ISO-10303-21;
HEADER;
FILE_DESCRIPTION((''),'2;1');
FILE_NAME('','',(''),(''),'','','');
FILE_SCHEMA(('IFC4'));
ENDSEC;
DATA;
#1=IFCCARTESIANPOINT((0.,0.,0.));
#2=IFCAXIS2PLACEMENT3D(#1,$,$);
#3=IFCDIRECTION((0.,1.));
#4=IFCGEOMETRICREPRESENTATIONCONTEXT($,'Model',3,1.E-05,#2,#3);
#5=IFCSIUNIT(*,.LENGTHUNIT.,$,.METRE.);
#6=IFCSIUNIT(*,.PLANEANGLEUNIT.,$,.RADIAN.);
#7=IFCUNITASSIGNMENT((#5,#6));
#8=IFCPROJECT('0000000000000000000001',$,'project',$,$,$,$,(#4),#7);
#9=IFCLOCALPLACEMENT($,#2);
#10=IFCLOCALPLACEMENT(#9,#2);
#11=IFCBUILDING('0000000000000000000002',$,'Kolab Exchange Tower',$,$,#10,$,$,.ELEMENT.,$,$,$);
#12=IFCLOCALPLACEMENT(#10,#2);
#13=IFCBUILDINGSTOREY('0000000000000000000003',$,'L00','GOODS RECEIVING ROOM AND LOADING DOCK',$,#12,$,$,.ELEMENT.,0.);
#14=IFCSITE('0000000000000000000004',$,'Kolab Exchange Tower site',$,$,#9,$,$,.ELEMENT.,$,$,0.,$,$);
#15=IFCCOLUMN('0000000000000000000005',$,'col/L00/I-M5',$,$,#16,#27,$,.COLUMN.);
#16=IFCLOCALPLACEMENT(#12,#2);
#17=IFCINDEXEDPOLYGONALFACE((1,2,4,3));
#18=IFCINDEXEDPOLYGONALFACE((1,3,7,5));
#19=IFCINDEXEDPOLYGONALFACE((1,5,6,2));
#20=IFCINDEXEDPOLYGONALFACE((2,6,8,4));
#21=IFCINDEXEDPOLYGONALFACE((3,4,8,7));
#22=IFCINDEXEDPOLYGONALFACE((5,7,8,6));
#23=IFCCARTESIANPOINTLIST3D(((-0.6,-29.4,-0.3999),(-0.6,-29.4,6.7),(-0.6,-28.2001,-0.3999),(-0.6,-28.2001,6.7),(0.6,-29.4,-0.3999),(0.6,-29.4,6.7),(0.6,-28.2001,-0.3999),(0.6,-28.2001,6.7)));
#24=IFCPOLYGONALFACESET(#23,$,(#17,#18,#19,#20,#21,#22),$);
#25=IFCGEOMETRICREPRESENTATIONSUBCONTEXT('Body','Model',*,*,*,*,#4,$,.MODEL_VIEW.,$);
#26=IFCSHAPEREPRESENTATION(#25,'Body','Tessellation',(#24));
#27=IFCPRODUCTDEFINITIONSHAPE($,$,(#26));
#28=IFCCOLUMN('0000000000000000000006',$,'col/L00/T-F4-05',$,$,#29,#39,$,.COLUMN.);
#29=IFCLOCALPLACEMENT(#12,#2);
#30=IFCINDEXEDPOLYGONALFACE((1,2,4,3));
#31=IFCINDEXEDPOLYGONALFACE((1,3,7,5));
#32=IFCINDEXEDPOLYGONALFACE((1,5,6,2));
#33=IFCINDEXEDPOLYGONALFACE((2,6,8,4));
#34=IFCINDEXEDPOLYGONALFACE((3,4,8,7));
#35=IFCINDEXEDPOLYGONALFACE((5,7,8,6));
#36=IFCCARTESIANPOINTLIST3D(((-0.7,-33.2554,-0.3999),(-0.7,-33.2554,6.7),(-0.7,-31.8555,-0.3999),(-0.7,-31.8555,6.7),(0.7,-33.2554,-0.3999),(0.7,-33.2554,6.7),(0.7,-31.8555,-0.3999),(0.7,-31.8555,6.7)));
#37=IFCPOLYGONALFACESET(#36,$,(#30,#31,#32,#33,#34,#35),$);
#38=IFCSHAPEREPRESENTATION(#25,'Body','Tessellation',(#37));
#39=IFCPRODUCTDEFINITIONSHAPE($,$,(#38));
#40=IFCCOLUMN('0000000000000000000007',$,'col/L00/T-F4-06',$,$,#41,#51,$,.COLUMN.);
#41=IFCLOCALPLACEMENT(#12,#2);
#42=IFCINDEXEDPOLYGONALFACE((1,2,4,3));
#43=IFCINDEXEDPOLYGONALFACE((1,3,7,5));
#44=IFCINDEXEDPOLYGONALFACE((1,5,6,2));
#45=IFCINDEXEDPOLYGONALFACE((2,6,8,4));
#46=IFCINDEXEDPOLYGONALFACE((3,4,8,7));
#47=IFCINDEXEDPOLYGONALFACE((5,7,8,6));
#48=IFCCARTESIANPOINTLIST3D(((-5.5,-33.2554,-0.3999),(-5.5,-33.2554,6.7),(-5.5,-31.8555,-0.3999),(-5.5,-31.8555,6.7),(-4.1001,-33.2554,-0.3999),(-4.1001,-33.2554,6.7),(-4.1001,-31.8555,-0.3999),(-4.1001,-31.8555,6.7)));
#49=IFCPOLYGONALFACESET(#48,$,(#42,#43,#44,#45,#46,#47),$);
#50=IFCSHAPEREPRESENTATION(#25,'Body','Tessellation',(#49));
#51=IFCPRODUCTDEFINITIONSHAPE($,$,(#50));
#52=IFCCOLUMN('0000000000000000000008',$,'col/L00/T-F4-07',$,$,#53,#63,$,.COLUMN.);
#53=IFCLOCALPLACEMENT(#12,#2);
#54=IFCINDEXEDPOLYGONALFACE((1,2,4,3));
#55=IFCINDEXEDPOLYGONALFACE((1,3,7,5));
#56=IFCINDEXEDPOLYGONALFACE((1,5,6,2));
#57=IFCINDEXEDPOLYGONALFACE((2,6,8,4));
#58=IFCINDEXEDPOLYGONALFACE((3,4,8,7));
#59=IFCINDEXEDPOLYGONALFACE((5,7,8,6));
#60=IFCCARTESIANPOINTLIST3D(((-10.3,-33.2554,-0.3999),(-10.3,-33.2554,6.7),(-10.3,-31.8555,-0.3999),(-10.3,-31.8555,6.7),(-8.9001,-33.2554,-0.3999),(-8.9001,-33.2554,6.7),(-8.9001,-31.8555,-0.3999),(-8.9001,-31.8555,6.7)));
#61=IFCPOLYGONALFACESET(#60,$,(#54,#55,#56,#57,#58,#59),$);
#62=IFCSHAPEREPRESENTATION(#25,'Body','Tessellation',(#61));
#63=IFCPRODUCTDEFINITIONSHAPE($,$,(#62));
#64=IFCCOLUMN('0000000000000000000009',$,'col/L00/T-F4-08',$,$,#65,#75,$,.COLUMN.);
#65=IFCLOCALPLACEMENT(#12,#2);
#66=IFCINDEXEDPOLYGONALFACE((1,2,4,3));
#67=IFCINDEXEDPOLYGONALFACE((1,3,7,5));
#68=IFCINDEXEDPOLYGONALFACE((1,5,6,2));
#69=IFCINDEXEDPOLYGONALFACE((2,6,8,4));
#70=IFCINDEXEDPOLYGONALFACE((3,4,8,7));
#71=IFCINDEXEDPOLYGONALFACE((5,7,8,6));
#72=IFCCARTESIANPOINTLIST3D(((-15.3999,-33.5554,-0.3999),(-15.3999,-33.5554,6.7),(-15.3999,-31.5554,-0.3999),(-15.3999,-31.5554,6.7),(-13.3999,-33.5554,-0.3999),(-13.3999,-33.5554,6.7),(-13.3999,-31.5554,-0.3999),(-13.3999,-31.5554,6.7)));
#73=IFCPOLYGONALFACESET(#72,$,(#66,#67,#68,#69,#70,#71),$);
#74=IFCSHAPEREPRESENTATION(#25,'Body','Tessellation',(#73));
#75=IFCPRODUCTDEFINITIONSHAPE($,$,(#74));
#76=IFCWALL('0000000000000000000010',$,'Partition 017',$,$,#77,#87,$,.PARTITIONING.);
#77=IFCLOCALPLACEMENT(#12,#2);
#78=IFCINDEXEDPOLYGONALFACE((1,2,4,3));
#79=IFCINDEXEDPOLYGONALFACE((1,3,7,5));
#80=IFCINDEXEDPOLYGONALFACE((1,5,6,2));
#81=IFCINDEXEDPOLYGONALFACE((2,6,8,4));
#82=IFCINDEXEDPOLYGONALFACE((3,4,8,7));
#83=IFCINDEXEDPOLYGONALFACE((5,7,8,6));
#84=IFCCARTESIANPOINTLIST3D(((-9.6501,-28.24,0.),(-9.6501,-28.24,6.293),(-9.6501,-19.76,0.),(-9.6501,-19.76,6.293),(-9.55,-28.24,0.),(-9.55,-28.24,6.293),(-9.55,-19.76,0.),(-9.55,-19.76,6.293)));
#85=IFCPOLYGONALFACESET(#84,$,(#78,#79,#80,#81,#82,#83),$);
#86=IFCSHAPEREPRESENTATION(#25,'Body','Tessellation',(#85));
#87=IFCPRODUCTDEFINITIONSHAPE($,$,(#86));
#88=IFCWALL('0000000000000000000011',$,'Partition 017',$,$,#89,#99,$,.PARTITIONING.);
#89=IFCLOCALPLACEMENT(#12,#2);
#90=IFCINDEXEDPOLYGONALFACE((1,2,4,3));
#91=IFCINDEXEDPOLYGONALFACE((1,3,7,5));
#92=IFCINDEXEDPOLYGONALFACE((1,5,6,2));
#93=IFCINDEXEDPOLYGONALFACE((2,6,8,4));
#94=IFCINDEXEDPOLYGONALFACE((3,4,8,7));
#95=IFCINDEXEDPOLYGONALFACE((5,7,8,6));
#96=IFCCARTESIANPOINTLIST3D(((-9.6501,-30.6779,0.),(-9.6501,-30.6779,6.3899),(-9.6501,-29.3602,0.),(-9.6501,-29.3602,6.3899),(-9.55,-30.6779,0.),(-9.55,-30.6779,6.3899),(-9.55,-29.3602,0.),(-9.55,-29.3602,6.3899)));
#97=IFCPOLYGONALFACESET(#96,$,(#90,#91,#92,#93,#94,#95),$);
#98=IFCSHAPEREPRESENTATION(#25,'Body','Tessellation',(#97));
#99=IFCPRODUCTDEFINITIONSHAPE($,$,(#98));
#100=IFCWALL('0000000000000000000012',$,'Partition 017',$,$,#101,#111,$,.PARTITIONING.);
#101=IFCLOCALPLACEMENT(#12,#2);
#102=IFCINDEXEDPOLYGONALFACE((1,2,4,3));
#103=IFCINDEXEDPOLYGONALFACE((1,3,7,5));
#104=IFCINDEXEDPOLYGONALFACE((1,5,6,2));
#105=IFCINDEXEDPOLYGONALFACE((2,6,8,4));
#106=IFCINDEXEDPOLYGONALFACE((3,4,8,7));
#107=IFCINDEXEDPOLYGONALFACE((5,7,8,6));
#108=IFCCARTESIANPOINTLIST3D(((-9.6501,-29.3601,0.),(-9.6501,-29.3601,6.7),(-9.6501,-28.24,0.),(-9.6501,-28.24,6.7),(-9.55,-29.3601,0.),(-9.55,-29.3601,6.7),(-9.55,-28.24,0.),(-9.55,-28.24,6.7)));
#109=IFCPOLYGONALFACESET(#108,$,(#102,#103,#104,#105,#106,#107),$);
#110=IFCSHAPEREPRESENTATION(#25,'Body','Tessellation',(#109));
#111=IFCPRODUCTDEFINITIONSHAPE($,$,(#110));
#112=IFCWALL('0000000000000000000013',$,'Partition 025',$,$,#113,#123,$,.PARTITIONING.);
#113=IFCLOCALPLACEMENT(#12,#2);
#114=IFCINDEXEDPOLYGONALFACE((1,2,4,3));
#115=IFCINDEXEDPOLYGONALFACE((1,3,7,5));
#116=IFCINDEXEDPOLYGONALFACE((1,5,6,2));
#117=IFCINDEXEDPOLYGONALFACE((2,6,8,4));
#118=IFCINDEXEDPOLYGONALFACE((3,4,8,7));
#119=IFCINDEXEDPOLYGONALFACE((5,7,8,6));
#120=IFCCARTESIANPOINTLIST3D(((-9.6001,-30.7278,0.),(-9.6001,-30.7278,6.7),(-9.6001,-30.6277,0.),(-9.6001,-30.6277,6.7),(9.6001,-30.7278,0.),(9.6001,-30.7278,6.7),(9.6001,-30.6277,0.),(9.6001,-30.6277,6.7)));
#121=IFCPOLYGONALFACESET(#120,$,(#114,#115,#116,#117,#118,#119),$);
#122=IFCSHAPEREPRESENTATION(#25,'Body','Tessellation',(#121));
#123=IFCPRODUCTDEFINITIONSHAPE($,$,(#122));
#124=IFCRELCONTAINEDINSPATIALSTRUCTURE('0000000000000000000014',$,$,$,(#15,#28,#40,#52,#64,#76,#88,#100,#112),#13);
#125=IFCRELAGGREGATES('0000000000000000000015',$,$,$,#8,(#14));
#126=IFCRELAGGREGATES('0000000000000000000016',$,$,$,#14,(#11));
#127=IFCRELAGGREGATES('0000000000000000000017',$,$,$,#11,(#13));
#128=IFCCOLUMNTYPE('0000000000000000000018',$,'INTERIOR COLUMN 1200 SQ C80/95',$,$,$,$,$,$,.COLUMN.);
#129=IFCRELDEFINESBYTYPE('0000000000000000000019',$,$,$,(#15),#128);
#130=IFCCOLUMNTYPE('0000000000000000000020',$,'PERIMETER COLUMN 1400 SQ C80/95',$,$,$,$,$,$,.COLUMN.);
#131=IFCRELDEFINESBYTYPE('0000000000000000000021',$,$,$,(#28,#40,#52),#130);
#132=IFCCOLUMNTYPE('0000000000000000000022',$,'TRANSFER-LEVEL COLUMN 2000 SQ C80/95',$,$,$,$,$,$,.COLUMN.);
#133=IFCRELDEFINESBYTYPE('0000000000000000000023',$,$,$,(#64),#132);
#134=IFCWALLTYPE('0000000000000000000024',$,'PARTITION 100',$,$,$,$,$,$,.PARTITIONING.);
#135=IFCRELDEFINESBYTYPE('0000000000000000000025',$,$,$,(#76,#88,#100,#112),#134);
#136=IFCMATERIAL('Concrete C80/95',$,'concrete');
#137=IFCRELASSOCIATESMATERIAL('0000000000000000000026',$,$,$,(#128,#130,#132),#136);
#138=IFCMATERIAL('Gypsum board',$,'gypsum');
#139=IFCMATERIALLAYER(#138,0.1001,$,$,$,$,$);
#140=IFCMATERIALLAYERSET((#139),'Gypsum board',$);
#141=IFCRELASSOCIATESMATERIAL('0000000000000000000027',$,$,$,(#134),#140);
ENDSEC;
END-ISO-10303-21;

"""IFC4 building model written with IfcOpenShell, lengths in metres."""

from ifc_helpers import new_model, si_unit, direction, frame, frame_2d, origin, origin_2d, place, context, subcontext, project, spatial, rectangle, extrude, material, layer, layer_set, material_profile, profile_set, type_object, element, save


model = new_model("IFC4")

# Units and contexts
model_context = context("Model", 3, precision=1e-05, world=origin(), true_north=direction((0.0, 1.0)))
body_context = subcontext(model_context, "Body", "Model", "MODEL_VIEW")
ifc_project = project(units=[si_unit("LENGTHUNIT", "METRE"), si_unit("PLANEANGLEUNIT", "RADIAN")], contexts=[model_context])

# Site, building, storey
site_placement = place(None, origin())
site = spatial("IfcSite", under=ifc_project, at=site_placement, Name="Kolab Exchange Tower site", CompositionType="ELEMENT", RefElevation=0.0)
building_placement = place(site_placement, origin())
building = spatial("IfcBuilding", under=site, at=building_placement, Name="Kolab Exchange Tower", CompositionType="ELEMENT")
storey_placement = place(building_placement, origin())
storey = spatial("IfcBuildingStorey", under=building, at=storey_placement, Name="L00", Description="GOODS RECEIVING ROOM AND LOADING DOCK", CompositionType="ELEMENT", Elevation=0.0)

# Columns
ifc_material_1 = material(Name="Concrete C80/95", Category="concrete")
ifc_material_profile_1 = material_profile(ifc_material_1, rectangle(XDim=1.2, YDim=1.2, at=origin_2d()), Name="RC1200")
ifc_profile_set_1 = profile_set([ifc_material_profile_1], Name="Concrete C80/95")
column_type_1 = type_object("IfcColumnType", Name="INTERIOR COLUMN 1200 SQ C80/95", PredefinedType="COLUMN", material=ifc_profile_set_1)
for number, where, z_axis, x_axis, name in (
    (1, (0.0, -28.8, -0.3999), (0.0, 0.0, 1.0), (1.0, 0.0, 0.0), "col/L00/I-M5"),
):
    element("IfcColumn", number, at=place(storey_placement, frame(where, z_axis=z_axis, x_axis=x_axis)), inside=storey, type_object=column_type_1, Name=name, PredefinedType="COLUMN", context=body_context, shape_type="SweptSolid", body=[
        extrude(rectangle(XDim=1.2, YDim=1.2, at=origin_2d()), origin(), (0.0, 0.0, 1.0), 7.0999),
    ])
ifc_material_profile_2 = material_profile(ifc_material_1, rectangle(XDim=1.3999, YDim=1.3999, at=origin_2d()), Name="RC1400")
ifc_profile_set_2 = profile_set([ifc_material_profile_2], Name="Concrete C80/95")
column_type_2 = type_object("IfcColumnType", Name="PERIMETER COLUMN 1400 SQ C80/95", PredefinedType="COLUMN", material=ifc_profile_set_2)
for number, where, z_axis, x_axis, name in (
    (2, (0.0, -32.5554, -0.3999), (0.0, 0.0, 1.0), (1.0, 0.0, 0.0), "col/L00/T-F4-05"),
    (3, (-4.8, -32.5554, -0.3999), (0.0, 0.0, 1.0), (1.0, 0.0, 0.0), "col/L00/T-F4-06"),
    (4, (-9.6001, -32.5554, -0.3999), (0.0, 0.0, 1.0), (1.0, 0.0, 0.0), "col/L00/T-F4-07"),
):
    element("IfcColumn", number, at=place(storey_placement, frame(where, z_axis=z_axis, x_axis=x_axis)), inside=storey, type_object=column_type_2, Name=name, PredefinedType="COLUMN", context=body_context, shape_type="SweptSolid", body=[
        extrude(rectangle(XDim=1.3999, YDim=1.3999, at=origin_2d()), origin(), (0.0, 0.0, 1.0), 7.0999),
    ])
ifc_material_profile_3 = material_profile(ifc_material_1, rectangle(XDim=2.0, YDim=2.0, at=origin_2d()), Name="RC2000")
ifc_profile_set_3 = profile_set([ifc_material_profile_3], Name="Concrete C80/95")
column_type_3 = type_object("IfcColumnType", Name="TRANSFER-LEVEL COLUMN 2000 SQ C80/95", PredefinedType="COLUMN", material=ifc_profile_set_3)
column_placement = place(storey_placement, frame((-14.3999, -32.5554, -0.3999), z_axis=(0.0, 0.0, 1.0), x_axis=(1.0, 0.0, 0.0)))
element("IfcColumn", 5, at=column_placement, inside=storey, type_object=column_type_3, Name="col/L00/T-F4-08", PredefinedType="COLUMN", context=body_context, shape_type="SweptSolid", body=[
    extrude(rectangle(XDim=2.0, YDim=2.0, at=origin_2d()), origin(), (0.0, 0.0, 1.0), 7.0999),
])

# Walls
ifc_material_2 = material(Name="Gypsum board", Category="gypsum")
ifc_layer = layer(ifc_material_2, 0.1001)
ifc_layer_set = layer_set([ifc_layer], Name="Gypsum board")
wall_type = type_object("IfcWallType", Name="PARTITION 100", PredefinedType="PARTITIONING", material=ifc_layer_set)
wall_1_placement = place(storey_placement, frame((-9.6001, -28.24, 0.0), z_axis=(0.0, 0.0, 1.0), x_axis=(0.0, 1.0, 0.0)))
element("IfcWall", 6, at=wall_1_placement, inside=storey, type_object=wall_type, Name="Partition 017", PredefinedType="PARTITIONING", context=body_context, shape_type="SweptSolid", body=[
    extrude(rectangle(XDim=8.48, YDim=0.1001, at=frame_2d((4.24, 0.0))), origin(), (0.0, 0.0, 1.0), 6.293),
])
wall_2_placement = place(storey_placement, frame((-9.6001, -30.6777, 0.0), z_axis=(0.0, 0.0, 1.0), x_axis=(0.0, 1.0, 0.0)))
element("IfcWall", 7, at=wall_2_placement, inside=storey, type_object=wall_type, Name="Partition 017", PredefinedType="PARTITIONING", context=body_context, shape_type="SweptSolid", body=[
    extrude(rectangle(XDim=1.3176, YDim=0.1001, at=frame_2d((0.6587, 0.0))), origin(), (0.0, 0.0, 1.0), 6.3899),
])
wall_3_placement = place(storey_placement, frame((-9.6001, -29.3601, 0.0), z_axis=(0.0, 0.0, 1.0), x_axis=(0.0, 1.0, 0.0)))
element("IfcWall", 8, at=wall_3_placement, inside=storey, type_object=wall_type, Name="Partition 017", PredefinedType="PARTITIONING", context=body_context, shape_type="SweptSolid", body=[
    extrude(rectangle(XDim=1.1201, YDim=0.1001, at=frame_2d((0.5601, 0.0))), origin(), (0.0, 0.0, 1.0), 6.7),
])
wall_4_placement = place(storey_placement, frame((-9.6001, -30.6777, 0.0), z_axis=(0.0, 0.0, 1.0), x_axis=(1.0, 0.0, 0.0)))
element("IfcWall", 9, at=wall_4_placement, inside=storey, type_object=wall_type, Name="Partition 025", PredefinedType="PARTITIONING", context=body_context, shape_type="SweptSolid", body=[
    extrude(rectangle(XDim=19.2002, YDim=0.1001, at=frame_2d((9.6001, 0.0))), origin(), (0.0, 0.0, 1.0), 6.7),
])

save(model, "model.ifc")
